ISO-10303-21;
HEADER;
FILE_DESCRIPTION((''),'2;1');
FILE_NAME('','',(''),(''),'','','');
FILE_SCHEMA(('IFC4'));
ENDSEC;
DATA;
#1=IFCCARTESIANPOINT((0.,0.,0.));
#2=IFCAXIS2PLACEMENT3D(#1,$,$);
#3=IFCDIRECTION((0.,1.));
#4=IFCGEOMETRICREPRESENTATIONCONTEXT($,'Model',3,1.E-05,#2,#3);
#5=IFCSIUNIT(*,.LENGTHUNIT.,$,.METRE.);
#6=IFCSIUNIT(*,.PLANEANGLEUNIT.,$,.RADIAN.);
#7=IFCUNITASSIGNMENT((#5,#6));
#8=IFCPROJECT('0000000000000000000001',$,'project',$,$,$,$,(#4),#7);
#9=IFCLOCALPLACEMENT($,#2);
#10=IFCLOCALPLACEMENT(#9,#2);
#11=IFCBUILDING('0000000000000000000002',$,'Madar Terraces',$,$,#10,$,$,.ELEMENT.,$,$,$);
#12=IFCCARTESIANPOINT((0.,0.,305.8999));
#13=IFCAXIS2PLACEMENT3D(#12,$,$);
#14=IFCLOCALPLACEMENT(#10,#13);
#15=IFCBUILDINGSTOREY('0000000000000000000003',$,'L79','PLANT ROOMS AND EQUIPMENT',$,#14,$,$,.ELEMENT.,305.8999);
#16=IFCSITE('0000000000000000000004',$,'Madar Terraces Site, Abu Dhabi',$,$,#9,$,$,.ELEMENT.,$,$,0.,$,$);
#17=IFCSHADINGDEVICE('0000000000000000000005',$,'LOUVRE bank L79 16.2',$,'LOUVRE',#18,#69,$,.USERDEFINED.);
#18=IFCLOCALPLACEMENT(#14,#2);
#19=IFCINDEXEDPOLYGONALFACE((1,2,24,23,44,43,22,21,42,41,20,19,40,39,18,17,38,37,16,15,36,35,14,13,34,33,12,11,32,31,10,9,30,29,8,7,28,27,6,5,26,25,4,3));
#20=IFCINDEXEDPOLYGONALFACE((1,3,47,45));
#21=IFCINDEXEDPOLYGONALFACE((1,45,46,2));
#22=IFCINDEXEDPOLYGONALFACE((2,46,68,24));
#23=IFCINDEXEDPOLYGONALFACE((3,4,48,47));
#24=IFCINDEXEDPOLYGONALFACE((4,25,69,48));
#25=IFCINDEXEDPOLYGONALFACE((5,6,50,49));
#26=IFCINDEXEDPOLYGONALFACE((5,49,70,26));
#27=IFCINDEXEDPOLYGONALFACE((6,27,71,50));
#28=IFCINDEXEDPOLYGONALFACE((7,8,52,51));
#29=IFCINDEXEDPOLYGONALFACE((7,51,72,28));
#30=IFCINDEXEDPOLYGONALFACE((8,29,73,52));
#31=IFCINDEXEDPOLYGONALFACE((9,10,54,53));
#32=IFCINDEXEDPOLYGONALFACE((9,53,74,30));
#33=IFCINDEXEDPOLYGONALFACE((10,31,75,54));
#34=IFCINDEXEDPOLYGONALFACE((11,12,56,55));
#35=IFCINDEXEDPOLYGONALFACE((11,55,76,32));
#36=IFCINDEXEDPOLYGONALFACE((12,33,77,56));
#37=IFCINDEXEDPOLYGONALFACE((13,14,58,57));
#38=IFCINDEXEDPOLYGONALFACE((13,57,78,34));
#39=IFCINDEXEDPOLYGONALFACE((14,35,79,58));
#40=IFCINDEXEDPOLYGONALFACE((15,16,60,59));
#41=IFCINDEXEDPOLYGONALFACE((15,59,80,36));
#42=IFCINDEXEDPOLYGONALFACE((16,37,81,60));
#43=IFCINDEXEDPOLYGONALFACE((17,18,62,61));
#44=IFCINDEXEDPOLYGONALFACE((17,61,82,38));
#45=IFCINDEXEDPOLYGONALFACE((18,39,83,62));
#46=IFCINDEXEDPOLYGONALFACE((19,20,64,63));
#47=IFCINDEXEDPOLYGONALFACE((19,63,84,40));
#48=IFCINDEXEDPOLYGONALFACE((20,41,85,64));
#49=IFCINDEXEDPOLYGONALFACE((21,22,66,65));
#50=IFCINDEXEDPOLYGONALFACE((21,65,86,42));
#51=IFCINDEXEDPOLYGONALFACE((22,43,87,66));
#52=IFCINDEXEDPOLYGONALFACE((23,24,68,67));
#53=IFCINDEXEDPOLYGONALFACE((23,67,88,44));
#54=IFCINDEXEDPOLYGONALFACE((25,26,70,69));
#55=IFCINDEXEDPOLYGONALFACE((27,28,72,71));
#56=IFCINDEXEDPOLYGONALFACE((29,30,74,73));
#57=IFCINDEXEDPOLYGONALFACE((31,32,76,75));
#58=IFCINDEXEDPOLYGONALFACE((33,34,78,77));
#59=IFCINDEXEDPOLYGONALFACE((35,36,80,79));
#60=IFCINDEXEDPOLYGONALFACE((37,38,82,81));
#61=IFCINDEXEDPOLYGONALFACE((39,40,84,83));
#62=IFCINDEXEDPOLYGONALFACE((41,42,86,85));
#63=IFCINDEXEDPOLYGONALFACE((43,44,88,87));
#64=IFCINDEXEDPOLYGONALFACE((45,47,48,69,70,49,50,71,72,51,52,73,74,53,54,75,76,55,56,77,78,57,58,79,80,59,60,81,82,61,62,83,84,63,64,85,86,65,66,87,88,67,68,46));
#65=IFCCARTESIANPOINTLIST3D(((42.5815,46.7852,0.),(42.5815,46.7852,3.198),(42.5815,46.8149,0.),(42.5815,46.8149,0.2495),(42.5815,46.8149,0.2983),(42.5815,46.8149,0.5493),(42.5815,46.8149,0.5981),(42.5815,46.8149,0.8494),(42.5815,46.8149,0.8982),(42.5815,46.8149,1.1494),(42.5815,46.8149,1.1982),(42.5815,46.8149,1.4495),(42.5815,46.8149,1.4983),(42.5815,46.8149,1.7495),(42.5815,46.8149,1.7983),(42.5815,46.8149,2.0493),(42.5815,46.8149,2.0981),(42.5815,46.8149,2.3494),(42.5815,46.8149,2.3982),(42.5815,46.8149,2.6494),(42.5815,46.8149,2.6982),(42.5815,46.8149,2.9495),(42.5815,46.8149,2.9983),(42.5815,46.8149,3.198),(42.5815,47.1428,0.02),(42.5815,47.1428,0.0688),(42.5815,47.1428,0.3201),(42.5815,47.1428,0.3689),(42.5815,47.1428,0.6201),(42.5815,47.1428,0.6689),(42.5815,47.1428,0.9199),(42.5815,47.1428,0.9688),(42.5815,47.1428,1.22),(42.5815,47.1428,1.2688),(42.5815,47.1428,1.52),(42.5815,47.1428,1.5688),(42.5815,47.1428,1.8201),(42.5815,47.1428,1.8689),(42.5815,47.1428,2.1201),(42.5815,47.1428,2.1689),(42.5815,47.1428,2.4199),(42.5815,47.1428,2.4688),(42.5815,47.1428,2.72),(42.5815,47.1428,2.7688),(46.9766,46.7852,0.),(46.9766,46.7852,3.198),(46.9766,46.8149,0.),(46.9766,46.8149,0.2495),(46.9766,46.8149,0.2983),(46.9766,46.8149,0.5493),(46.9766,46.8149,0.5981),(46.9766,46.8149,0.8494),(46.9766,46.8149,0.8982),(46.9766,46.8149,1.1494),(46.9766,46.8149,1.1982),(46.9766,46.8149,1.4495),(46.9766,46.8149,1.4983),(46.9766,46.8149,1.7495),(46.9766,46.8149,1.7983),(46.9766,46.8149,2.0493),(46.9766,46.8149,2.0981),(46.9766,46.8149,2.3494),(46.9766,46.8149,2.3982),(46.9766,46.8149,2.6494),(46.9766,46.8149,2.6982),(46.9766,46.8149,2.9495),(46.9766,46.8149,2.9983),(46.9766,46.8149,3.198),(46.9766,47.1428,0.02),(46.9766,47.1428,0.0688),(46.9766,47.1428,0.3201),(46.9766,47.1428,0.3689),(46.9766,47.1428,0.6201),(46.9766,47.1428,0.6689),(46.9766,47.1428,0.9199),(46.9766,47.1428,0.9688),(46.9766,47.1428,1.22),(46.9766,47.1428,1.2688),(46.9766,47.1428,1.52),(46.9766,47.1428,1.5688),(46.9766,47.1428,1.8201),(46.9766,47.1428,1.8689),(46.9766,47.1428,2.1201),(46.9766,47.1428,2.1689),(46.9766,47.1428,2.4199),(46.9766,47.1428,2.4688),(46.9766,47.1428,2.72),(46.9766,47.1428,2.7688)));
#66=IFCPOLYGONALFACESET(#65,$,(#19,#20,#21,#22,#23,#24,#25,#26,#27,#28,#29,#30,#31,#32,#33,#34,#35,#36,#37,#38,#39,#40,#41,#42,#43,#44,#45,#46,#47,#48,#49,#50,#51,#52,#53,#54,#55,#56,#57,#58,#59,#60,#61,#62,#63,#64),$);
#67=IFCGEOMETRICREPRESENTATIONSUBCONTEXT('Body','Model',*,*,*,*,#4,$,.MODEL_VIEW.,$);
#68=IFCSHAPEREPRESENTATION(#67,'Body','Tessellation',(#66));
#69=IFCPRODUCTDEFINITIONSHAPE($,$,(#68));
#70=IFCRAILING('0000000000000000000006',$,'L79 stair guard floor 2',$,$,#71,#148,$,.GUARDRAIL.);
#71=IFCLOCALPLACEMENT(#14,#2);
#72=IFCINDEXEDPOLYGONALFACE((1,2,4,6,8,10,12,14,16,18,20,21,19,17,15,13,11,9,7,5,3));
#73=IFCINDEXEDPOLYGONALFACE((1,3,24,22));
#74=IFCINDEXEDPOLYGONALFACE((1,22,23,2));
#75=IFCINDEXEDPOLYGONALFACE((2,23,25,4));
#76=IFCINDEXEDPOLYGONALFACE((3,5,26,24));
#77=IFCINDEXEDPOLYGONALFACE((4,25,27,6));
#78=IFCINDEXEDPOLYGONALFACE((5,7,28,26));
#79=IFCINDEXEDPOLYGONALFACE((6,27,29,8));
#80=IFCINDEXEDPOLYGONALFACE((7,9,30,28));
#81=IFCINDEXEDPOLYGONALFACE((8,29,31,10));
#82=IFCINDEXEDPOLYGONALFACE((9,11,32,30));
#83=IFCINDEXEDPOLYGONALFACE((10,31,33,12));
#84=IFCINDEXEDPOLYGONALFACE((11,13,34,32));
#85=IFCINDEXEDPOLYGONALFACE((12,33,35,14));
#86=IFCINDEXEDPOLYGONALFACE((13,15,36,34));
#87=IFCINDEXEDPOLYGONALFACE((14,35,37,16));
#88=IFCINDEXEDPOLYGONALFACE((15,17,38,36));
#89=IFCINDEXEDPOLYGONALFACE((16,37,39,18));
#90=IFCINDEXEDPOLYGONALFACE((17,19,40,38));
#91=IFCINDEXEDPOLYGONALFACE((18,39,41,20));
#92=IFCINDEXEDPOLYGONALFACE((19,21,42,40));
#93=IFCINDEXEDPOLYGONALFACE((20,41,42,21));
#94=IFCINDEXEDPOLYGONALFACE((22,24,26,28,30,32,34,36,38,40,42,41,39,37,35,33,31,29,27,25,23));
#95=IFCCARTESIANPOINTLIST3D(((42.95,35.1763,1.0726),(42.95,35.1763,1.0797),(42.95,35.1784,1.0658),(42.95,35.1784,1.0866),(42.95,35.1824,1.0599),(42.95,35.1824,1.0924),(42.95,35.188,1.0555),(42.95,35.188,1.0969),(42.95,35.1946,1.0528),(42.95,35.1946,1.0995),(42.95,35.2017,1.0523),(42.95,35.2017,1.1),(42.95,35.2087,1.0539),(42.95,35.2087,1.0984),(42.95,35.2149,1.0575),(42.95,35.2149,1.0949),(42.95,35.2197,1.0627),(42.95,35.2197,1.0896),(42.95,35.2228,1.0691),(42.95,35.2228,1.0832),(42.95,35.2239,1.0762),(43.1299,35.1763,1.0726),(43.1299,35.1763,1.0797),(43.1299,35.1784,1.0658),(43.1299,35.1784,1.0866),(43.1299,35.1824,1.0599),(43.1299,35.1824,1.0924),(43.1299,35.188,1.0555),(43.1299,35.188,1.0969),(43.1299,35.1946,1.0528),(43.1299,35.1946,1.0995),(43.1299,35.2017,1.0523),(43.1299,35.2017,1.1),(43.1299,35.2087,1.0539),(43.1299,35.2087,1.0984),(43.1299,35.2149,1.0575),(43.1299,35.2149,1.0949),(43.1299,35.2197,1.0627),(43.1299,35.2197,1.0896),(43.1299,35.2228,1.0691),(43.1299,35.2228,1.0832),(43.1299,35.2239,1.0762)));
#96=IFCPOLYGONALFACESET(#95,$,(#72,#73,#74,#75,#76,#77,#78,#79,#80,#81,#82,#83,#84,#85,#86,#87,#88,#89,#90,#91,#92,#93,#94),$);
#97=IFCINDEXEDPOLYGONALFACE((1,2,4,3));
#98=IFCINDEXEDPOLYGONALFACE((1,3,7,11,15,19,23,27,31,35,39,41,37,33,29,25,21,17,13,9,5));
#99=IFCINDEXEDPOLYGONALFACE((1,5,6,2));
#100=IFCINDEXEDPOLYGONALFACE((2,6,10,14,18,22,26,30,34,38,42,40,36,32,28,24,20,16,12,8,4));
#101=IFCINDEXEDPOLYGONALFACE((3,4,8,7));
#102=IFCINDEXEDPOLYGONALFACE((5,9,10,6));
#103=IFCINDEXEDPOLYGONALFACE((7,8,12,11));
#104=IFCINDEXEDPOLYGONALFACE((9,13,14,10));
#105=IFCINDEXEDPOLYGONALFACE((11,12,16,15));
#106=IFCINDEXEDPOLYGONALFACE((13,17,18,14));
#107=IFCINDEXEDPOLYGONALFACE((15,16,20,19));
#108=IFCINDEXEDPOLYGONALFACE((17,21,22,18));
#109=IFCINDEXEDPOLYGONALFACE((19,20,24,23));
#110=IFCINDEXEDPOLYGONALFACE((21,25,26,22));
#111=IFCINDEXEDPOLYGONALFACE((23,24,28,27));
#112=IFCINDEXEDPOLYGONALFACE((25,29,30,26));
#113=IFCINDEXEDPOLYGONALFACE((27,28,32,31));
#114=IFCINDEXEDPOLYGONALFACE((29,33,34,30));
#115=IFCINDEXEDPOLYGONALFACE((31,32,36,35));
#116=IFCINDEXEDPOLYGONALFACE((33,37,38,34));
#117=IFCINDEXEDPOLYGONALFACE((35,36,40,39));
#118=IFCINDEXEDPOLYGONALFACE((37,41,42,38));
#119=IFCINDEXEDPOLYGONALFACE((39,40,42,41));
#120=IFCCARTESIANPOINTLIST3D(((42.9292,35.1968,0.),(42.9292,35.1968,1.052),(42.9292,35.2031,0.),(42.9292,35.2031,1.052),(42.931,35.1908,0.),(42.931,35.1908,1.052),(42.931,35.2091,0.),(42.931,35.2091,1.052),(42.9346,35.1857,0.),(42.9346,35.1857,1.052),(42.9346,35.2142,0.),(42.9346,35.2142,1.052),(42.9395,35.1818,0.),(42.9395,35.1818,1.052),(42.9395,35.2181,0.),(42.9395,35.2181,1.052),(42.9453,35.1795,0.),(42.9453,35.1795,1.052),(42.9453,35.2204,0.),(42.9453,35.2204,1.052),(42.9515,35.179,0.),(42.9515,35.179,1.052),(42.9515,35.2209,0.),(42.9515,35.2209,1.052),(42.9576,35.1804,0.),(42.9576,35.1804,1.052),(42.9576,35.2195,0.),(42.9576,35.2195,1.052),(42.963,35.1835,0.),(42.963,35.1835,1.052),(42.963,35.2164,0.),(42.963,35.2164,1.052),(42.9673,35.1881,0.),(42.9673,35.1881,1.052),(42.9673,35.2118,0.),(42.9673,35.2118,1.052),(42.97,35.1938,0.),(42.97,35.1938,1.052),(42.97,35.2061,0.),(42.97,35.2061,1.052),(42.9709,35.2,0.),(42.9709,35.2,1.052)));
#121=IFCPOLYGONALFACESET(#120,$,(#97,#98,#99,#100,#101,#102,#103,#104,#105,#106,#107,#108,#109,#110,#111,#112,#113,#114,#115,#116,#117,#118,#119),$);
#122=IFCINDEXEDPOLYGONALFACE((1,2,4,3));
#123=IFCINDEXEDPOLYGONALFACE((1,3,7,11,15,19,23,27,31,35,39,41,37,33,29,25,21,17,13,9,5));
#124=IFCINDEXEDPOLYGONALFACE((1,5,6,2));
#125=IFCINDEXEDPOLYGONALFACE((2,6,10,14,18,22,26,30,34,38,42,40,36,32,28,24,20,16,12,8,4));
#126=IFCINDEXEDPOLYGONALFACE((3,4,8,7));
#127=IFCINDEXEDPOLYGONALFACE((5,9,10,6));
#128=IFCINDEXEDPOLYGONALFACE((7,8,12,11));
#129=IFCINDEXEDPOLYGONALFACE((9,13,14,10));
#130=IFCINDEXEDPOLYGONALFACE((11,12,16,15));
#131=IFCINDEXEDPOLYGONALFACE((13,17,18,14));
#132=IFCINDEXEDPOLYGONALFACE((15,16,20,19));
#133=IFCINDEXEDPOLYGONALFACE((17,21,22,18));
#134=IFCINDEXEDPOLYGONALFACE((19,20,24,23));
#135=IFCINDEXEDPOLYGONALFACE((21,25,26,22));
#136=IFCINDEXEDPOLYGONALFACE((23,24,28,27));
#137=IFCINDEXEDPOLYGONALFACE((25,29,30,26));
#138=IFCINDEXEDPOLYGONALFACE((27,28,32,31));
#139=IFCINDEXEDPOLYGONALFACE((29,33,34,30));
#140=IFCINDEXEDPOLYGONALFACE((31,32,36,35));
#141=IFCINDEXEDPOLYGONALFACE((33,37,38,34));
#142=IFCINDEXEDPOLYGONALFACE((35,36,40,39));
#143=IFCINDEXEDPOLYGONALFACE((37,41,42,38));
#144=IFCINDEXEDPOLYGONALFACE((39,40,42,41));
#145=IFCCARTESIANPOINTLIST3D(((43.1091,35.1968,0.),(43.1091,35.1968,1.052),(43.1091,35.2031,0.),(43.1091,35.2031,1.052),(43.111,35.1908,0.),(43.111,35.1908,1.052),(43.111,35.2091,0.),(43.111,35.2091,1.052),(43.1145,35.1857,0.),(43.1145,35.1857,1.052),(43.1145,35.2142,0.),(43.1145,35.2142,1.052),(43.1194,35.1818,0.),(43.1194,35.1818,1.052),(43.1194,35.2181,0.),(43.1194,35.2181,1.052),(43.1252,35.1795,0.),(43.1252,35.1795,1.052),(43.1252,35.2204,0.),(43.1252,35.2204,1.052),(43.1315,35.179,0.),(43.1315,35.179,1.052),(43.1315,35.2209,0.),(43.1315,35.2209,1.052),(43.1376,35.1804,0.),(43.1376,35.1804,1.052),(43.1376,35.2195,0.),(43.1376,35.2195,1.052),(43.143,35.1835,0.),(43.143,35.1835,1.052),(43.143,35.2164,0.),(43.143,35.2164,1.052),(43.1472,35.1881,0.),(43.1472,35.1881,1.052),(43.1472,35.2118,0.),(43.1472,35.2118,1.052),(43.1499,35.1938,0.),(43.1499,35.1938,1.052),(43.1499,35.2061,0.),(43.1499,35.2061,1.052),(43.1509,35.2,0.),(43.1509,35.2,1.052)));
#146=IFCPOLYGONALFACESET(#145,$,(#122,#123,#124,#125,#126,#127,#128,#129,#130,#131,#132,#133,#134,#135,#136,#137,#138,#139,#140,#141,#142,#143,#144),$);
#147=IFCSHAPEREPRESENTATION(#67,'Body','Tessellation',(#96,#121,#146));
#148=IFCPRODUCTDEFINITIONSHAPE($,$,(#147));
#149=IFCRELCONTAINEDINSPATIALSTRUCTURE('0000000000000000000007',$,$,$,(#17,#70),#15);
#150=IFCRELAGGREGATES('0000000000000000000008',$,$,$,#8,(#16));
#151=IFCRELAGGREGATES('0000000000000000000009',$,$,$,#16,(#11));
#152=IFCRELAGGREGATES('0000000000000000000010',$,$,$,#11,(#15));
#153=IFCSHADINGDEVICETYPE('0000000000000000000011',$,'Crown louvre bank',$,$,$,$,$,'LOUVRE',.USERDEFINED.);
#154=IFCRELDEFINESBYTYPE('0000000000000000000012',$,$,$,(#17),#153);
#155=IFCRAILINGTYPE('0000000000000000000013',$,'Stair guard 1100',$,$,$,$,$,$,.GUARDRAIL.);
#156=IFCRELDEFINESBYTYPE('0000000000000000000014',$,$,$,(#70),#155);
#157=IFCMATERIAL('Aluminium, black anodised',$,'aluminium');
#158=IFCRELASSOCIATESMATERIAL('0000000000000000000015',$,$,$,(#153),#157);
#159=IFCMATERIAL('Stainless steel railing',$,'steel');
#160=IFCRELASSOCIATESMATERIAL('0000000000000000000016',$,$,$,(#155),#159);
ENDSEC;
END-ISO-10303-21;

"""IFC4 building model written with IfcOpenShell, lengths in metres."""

from ifc_helpers import new_model, si_unit, direction, frame, origin, origin_2d, place, context, subcontext, project, spatial, polyline, circle, outline, extrude, material, type_object, element, save


model = new_model("IFC4")

# Units and contexts
model_context = context("Model", 3, precision=1e-05, world=origin(), true_north=direction((0.0, 1.0)))
body_context = subcontext(model_context, "Body", "Model", "MODEL_VIEW")
ifc_project = project(units=[si_unit("LENGTHUNIT", "METRE"), si_unit("PLANEANGLEUNIT", "RADIAN")], contexts=[model_context])

# Site, building, storey
site_placement = place(None, origin())
site = spatial("IfcSite", under=ifc_project, at=site_placement, Name="Madar Terraces Site, Abu Dhabi", CompositionType="ELEMENT", RefElevation=0.0)
building_placement = place(site_placement, origin())
building = spatial("IfcBuilding", under=site, at=building_placement, Name="Madar Terraces", CompositionType="ELEMENT")
storey_placement = place(building_placement, frame((0.0, 0.0, 305.8999)))
storey = spatial("IfcBuildingStorey", under=building, at=storey_placement, Name="L79", Description="PLANT ROOMS AND EQUIPMENT", CompositionType="ELEMENT", Elevation=305.8999)

# Shading device
ifc_material_1 = material(Name="Aluminium, black anodised", Category="aluminium")
shading_device_type = type_object("IfcShadingDeviceType", Name="Crown louvre bank", ElementType="LOUVRE", PredefinedType="USERDEFINED", material=ifc_material_1)
shading_device_1_placement = place(storey_placement, frame((46.9766, 46.8, 0.0), z_axis=(-1.0, 0.0, 0.0), x_axis=(0.0, -1.0, 0.0)))
element("IfcShadingDevice", 1, at=shading_device_1_placement, inside=storey, type_object=shading_device_type, Name="LOUVRE bank L79 16.2", ObjectType="LOUVRE", PredefinedType="USERDEFINED", context=body_context, shape_type="SweptSolid", body=[
    extrude(outline(polyline([(0.0149, 0.0), (-0.0149, 0.0), (-0.0149, 0.2495), (-0.3428, 0.02), (-0.3428, 0.0688), (-0.0149, 0.2983), (-0.0149, 0.5493), (-0.3428, 0.3201), (-0.3428, 0.3689), (-0.0149, 0.5981), (-0.0149, 0.8494), (-0.3428, 0.6201), (-0.3428, 0.6689), (-0.0149, 0.8982), (-0.0149, 1.1494), (-0.3428, 0.9199), (-0.3428, 0.9688), (-0.0149, 1.1982), (-0.0149, 1.4495), (-0.3428, 1.22), (-0.3428, 1.2688), (-0.0149, 1.4983), (-0.0149, 1.7495), (-0.3428, 1.52), (-0.3428, 1.5688), (-0.0149, 1.7983), (-0.0149, 2.0493), (-0.3428, 1.8201), (-0.3428, 1.8689), (-0.0149, 2.0981), (-0.0149, 2.3494), (-0.3428, 2.1201), (-0.3428, 2.1689), (-0.0149, 2.3982), (-0.0149, 2.6494), (-0.3428, 2.4199), (-0.3428, 2.4688), (-0.0149, 2.6982), (-0.0149, 2.9495), (-0.3428, 2.72), (-0.3428, 2.7688), (-0.0149, 2.9983), (-0.0149, 3.198), (0.0149, 3.198), (0.0149, 0.0)])), origin(), (0.0, 0.0, 1.0), 4.395),
])

# Railing
ifc_material_2 = material(Name="Stainless steel railing", Category="steel")
railing_type_1 = type_object("IfcRailingType", Name="Stair guard 1100", PredefinedType="GUARDRAIL", material=ifc_material_2)
railing_1_placement = place(storey_placement, frame((42.95, 35.2, 0.0)))
element("IfcRailing", 2, at=railing_1_placement, inside=storey, type_object=railing_type_1, Name="L79 stair guard floor 2", PredefinedType="GUARDRAIL", context=body_context, shape_type="SweptSolid", body=[
    extrude(circle(Radius=0.0239, at=origin_2d()), frame((0.0, 0.0, 1.0762), z_axis=(1.0, 0.0, 0.0), x_axis=(0.0, 1.0, 0.0)), (0.0, 0.0, 1.0), 0.1799),
    extrude(circle(Radius=0.021, at=origin_2d()), origin(), (0.0, 0.0, 1.0), 1.052),
    extrude(circle(Radius=0.021, at=origin_2d()), frame((0.1799, 0.0, 0.0)), (0.0, 0.0, 1.0), 1.052),
])

save(model, "model.ifc")
